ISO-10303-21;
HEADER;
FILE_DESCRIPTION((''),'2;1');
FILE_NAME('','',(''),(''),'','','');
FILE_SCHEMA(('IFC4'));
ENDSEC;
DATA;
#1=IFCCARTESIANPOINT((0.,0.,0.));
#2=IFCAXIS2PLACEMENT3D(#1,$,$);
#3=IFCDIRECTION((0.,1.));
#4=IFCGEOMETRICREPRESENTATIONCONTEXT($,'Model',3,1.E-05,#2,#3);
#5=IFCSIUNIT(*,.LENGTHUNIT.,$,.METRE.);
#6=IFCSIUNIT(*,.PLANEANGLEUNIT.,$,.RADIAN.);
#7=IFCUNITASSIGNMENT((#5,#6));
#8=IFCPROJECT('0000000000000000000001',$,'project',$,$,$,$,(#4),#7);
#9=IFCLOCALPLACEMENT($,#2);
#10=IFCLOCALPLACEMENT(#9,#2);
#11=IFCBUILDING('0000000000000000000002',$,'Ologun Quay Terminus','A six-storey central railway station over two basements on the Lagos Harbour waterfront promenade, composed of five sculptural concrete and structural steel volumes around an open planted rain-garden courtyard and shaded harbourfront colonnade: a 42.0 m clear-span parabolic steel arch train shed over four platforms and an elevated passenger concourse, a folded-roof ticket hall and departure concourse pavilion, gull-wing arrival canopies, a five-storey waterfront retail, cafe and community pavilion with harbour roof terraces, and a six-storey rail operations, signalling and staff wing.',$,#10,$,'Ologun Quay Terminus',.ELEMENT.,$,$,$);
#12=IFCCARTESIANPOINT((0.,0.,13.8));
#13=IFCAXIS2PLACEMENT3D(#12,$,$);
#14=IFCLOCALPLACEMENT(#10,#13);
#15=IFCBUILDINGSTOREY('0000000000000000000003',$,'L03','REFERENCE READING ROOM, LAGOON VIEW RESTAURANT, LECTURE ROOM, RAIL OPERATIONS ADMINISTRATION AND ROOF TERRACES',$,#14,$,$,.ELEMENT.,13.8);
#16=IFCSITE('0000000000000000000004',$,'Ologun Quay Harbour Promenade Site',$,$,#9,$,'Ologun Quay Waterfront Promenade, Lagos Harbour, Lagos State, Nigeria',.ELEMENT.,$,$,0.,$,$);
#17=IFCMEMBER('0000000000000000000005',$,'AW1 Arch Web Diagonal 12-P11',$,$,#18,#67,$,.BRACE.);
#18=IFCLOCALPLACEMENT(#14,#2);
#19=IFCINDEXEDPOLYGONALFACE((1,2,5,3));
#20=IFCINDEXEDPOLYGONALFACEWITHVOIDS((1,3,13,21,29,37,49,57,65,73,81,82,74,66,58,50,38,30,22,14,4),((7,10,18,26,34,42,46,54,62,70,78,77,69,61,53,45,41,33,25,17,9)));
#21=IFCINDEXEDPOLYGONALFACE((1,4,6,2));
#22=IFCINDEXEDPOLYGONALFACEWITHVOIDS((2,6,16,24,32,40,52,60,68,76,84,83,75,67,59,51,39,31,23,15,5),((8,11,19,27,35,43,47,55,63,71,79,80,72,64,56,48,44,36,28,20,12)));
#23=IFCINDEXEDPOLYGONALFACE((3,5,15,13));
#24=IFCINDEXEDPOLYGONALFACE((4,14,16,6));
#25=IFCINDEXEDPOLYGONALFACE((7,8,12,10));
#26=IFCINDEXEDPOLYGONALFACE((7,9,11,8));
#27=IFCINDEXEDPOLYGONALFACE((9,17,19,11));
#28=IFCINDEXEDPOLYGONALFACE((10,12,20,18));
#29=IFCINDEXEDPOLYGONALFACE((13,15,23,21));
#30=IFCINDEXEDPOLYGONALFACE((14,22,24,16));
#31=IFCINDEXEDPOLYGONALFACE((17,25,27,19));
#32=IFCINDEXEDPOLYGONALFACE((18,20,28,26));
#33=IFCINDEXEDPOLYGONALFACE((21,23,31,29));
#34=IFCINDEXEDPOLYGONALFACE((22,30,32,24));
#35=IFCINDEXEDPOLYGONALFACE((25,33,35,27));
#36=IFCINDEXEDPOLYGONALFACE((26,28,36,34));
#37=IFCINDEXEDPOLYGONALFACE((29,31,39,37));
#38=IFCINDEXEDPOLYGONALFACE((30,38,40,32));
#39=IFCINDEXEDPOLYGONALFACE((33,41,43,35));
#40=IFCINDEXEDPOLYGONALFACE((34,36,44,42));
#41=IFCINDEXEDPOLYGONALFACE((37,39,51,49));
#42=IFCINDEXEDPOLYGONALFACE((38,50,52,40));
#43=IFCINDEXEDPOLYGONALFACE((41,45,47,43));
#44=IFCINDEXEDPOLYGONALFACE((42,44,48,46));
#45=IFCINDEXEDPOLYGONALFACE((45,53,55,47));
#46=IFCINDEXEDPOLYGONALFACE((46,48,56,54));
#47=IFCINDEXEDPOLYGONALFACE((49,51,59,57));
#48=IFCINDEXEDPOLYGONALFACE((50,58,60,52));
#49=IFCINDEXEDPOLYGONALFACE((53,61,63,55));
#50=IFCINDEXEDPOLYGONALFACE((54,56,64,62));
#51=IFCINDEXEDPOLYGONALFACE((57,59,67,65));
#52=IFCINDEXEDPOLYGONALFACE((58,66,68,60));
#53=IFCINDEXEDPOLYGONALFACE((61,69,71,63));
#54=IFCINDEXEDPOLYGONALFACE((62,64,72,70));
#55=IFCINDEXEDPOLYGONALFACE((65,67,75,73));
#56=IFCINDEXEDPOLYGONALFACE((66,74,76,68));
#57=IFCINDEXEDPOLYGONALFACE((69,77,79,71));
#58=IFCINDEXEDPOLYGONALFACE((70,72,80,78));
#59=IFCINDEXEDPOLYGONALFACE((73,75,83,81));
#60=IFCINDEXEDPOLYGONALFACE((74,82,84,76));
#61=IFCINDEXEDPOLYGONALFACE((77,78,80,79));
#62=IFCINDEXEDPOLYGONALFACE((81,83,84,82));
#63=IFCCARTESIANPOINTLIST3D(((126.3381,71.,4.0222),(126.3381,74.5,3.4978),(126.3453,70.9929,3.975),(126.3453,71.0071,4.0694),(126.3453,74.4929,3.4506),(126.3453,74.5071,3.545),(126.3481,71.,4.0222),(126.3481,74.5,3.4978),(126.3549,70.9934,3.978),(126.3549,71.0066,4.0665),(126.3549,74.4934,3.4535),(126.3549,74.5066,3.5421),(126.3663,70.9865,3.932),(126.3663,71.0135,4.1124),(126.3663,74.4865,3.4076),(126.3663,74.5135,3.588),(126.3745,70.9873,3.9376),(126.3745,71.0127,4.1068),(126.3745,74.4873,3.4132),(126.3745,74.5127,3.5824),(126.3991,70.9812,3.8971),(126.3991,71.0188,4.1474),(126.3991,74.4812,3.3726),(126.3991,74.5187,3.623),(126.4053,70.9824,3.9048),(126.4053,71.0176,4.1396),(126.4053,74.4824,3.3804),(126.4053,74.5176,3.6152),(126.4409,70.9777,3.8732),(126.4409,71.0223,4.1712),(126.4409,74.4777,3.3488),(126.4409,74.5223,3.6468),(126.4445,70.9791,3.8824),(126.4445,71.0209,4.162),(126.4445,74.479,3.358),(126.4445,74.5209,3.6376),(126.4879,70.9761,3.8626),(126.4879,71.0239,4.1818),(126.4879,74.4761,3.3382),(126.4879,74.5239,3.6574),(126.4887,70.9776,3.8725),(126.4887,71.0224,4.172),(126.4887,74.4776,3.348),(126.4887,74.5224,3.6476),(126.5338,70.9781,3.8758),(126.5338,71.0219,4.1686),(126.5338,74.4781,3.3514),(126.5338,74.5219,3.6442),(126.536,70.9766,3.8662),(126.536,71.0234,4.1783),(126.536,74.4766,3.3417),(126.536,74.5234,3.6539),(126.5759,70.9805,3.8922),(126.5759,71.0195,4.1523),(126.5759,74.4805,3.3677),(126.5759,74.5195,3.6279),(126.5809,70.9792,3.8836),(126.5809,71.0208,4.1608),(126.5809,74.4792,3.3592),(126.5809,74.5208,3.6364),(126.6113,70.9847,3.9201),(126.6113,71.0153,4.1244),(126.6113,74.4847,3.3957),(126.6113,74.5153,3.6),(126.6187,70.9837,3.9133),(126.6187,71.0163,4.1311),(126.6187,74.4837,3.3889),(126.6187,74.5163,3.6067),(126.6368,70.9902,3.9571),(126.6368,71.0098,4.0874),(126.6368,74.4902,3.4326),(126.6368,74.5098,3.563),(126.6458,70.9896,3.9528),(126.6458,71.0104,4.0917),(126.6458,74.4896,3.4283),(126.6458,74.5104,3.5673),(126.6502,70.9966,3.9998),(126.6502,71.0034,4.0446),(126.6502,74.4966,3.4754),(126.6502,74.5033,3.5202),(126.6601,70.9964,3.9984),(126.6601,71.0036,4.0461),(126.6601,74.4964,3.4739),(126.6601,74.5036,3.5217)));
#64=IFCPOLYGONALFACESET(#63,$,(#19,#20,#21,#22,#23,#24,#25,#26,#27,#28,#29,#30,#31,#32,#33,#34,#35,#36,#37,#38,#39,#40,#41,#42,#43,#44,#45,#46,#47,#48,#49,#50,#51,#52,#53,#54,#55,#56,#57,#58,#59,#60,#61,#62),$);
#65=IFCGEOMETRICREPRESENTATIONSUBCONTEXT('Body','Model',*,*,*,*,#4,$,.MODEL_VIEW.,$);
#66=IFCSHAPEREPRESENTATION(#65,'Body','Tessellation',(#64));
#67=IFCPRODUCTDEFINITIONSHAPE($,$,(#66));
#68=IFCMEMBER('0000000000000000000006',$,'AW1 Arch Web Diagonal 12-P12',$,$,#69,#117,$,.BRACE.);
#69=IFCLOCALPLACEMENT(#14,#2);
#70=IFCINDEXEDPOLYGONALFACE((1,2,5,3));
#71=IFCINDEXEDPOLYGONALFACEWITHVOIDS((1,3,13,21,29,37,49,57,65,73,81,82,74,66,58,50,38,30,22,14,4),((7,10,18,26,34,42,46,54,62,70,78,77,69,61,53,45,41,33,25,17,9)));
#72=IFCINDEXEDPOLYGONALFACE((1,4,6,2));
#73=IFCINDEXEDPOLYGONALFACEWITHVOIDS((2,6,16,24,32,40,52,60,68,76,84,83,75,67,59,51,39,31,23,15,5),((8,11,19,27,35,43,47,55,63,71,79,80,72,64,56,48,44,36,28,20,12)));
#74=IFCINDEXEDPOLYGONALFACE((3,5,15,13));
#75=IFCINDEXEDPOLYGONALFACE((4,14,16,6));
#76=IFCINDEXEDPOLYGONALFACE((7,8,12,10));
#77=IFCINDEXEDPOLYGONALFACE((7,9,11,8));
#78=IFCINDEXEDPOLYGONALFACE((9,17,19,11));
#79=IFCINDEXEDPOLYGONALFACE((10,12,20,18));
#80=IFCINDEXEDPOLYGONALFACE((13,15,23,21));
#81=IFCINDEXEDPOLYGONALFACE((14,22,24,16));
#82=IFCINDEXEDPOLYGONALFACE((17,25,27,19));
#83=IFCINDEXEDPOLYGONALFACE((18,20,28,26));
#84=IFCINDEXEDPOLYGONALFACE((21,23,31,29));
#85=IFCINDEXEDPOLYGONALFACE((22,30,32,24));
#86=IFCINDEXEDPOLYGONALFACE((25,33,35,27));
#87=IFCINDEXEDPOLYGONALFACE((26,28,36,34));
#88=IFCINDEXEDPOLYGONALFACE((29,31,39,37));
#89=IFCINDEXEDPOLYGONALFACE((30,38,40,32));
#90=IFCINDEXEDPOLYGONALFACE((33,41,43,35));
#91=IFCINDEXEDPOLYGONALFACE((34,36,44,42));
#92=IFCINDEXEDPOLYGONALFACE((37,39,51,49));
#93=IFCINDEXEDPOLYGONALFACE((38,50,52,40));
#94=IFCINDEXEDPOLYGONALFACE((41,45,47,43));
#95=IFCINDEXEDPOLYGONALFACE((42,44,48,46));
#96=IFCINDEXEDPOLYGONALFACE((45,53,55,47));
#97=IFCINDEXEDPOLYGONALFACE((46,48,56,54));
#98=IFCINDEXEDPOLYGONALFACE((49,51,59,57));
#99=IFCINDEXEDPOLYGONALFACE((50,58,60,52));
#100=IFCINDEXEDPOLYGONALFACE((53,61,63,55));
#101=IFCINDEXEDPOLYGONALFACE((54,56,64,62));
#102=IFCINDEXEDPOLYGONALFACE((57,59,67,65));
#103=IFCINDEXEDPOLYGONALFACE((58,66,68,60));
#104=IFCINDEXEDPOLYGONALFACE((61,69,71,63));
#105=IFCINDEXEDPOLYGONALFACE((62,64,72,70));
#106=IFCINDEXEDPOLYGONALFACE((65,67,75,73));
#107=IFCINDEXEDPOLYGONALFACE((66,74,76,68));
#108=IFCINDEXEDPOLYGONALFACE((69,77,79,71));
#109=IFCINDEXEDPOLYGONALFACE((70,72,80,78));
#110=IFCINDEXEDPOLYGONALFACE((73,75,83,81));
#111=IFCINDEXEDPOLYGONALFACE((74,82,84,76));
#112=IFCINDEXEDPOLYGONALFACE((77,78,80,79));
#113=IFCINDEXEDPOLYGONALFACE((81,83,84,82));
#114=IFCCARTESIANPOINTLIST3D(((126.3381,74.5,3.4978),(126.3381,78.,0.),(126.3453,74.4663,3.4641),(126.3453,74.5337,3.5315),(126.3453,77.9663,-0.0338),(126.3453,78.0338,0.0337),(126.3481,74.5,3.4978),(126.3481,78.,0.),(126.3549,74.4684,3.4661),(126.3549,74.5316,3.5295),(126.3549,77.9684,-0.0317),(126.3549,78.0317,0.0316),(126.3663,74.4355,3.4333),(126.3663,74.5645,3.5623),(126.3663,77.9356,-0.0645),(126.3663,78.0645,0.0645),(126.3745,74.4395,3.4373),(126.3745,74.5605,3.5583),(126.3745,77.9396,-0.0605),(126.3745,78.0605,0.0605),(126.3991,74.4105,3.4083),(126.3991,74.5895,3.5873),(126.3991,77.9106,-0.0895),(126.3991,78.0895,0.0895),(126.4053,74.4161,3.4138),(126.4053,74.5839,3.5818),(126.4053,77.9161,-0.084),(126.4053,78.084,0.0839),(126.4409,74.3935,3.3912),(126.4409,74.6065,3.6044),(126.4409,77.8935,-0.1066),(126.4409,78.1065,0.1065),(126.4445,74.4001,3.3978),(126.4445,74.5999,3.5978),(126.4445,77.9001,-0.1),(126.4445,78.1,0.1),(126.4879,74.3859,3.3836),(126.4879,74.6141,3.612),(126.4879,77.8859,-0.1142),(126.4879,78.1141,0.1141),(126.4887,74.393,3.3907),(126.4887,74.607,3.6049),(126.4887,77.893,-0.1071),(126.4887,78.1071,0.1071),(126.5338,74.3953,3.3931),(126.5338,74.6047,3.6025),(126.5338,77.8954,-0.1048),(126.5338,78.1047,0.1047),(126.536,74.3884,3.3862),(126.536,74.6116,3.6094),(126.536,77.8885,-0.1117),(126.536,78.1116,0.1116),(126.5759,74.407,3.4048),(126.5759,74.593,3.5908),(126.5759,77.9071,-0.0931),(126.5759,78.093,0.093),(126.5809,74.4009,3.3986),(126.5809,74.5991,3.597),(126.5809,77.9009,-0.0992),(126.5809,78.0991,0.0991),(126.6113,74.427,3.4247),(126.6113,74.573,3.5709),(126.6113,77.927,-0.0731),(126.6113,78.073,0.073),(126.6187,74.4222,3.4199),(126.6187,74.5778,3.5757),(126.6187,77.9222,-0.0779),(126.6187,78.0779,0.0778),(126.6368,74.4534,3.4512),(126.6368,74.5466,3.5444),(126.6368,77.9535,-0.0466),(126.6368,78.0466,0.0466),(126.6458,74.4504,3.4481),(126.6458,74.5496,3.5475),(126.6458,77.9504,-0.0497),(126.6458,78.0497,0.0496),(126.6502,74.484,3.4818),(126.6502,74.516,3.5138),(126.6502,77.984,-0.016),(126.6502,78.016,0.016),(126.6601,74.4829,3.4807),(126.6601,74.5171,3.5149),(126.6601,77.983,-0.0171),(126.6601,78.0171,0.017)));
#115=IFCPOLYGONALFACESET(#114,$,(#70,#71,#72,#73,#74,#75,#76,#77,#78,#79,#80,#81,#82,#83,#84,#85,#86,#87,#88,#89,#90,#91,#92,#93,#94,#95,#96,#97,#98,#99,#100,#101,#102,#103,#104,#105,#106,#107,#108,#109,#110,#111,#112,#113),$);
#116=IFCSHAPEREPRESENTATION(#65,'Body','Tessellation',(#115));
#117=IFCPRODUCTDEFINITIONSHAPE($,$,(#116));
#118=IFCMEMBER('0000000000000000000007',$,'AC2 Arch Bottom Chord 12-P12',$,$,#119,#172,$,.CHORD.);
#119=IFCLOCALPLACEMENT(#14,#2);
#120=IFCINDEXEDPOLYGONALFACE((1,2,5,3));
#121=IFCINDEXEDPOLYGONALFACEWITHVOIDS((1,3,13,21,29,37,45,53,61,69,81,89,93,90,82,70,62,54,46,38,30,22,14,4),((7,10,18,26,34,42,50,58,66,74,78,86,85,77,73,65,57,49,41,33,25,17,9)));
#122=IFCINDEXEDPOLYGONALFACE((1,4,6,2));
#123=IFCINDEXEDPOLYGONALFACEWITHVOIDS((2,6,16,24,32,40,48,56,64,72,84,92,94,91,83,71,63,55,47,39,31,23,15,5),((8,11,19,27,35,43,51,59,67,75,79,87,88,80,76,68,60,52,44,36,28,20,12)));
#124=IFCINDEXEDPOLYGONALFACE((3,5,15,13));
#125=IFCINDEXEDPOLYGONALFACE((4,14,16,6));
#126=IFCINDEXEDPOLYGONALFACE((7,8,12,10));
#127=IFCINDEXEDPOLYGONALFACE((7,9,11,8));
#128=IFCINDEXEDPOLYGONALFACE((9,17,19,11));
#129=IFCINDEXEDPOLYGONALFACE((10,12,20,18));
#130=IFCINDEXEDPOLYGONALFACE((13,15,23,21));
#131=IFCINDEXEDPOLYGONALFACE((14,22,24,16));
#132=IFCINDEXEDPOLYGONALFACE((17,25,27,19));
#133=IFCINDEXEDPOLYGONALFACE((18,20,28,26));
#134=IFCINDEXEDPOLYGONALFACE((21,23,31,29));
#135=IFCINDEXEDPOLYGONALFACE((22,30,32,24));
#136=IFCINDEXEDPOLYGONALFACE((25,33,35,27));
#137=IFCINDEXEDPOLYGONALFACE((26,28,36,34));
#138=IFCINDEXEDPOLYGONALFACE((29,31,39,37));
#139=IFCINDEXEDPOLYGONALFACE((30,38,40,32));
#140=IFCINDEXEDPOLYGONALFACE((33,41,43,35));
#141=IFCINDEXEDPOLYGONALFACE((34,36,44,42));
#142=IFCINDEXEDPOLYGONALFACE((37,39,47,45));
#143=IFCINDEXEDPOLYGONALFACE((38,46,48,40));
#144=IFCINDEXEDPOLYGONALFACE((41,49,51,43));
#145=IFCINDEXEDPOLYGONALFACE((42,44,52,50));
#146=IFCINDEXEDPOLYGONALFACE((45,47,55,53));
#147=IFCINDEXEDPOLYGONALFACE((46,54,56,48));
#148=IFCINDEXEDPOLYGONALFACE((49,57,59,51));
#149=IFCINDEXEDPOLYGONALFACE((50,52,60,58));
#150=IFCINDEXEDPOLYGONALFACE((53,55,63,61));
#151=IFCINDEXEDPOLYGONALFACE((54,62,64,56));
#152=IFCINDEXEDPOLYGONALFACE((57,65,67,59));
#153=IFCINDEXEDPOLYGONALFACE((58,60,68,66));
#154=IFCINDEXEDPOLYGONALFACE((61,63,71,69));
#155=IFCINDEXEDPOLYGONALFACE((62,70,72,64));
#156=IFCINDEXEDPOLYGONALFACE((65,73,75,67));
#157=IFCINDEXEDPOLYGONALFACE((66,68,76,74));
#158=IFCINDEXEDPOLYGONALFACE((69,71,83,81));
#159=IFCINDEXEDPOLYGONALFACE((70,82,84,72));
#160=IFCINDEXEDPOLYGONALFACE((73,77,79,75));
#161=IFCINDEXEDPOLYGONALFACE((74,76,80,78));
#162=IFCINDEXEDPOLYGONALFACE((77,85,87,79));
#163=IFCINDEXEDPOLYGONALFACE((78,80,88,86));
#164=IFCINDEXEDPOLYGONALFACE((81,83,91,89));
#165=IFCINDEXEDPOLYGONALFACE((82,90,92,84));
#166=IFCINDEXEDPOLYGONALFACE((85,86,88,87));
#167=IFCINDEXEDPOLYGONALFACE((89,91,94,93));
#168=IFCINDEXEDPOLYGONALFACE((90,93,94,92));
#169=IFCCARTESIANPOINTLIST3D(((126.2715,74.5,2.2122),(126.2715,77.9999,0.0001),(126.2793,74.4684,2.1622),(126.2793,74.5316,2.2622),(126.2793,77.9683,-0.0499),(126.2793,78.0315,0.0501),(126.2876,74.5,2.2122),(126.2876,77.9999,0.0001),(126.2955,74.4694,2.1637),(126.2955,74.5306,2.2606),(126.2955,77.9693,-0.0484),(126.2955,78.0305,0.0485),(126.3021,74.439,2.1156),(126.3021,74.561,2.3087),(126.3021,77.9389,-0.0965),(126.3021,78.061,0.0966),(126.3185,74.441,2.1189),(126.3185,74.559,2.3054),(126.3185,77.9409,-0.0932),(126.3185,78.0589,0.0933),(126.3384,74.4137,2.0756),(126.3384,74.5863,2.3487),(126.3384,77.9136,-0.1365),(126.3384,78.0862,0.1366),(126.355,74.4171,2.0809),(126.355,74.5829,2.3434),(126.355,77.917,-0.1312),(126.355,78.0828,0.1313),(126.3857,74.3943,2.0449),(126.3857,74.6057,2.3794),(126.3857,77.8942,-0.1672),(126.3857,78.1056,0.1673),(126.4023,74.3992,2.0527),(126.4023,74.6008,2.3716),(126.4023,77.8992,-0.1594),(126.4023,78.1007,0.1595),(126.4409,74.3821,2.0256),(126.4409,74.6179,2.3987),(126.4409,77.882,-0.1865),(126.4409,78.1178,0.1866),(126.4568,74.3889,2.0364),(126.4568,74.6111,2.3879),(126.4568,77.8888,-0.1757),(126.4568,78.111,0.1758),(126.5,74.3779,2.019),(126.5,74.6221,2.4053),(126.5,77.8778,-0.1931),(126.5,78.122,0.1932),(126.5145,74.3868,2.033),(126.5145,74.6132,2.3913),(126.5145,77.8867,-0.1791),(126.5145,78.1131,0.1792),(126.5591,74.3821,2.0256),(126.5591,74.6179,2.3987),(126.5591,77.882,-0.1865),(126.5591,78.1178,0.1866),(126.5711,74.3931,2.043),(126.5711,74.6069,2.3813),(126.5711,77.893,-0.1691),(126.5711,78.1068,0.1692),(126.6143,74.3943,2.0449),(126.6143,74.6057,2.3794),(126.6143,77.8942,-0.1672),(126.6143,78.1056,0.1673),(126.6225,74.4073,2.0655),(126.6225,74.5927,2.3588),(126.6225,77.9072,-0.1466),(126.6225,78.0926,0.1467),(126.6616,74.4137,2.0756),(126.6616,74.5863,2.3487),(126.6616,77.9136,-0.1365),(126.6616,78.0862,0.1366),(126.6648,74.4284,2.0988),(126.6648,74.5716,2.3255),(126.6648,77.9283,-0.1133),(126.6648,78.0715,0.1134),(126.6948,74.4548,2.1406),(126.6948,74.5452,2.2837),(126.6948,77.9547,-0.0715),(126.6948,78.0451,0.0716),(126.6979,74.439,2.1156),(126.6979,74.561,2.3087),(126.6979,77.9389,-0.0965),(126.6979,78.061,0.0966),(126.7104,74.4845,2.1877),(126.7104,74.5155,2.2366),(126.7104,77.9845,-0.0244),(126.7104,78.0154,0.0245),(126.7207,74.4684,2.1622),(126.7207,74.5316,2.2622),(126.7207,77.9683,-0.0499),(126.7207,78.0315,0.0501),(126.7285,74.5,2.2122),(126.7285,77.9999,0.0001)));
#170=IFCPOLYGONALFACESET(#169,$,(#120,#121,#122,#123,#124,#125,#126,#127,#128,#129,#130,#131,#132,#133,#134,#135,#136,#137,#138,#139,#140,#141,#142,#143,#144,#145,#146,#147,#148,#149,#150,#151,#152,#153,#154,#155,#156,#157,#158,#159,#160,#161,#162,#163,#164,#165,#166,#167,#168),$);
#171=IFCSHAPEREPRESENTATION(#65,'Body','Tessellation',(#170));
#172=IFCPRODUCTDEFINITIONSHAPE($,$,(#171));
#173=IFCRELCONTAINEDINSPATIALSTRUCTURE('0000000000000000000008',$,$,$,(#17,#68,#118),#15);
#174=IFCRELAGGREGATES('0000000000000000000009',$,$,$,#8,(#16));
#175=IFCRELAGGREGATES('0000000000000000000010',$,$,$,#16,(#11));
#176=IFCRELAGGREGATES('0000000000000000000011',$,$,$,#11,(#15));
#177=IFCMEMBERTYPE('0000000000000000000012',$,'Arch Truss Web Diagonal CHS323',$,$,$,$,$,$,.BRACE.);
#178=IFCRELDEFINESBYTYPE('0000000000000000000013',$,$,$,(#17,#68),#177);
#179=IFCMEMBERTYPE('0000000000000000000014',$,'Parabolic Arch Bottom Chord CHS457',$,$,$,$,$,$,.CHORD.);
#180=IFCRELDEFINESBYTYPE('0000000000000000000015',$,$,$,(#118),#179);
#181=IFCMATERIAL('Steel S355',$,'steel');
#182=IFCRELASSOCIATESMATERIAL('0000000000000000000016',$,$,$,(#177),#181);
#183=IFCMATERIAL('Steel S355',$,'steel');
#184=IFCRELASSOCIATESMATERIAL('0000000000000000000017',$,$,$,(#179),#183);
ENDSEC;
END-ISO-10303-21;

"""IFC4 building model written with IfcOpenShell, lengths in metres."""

from ifc_helpers import new_model, si_unit, direction, frame, origin, origin_2d, place, context, subcontext, project, spatial, hollow_circle, extrude, material, material_profile, profile_set, type_object, element, save


model = new_model("IFC4")

# Units and contexts
model_context = context("Model", 3, precision=1e-05, world=origin(), true_north=direction((0.0, 1.0)))
body_context = subcontext(model_context, "Body", "Model", "MODEL_VIEW")
ifc_project = project(units=[si_unit("LENGTHUNIT", "METRE"), si_unit("PLANEANGLEUNIT", "RADIAN")], contexts=[model_context])

# Site, building, storey
site_placement = place(None, origin())
site = spatial("IfcSite", under=ifc_project, at=site_placement, Name="Ologun Quay Harbour Promenade Site", LongName="Ologun Quay Waterfront Promenade, Lagos Harbour, Lagos State, Nigeria", CompositionType="ELEMENT", RefElevation=0.0)
building_placement = place(site_placement, origin())
building = spatial("IfcBuilding", under=site, at=building_placement, Name="Ologun Quay Terminus", Description="A six-storey central railway station over two basements on the Lagos Harbour waterfront promenade, composed of five sculptural concrete and structural steel volumes around an open planted rain-garden courtyard and shaded harbourfront colonnade: a 42.0 m clear-span parabolic steel arch train shed over four platforms and an elevated passenger concourse, a folded-roof ticket hall and departure concourse pavilion, gull-wing arrival canopies, a five-storey waterfront retail, cafe and community pavilion with harbour roof terraces, and a six-storey rail operations, signalling and staff wing.", LongName="Ologun Quay Terminus", CompositionType="ELEMENT")
storey_placement = place(building_placement, frame((0.0, 0.0, 13.8)))
storey = spatial("IfcBuildingStorey", under=building, at=storey_placement, Name="L03", Description="REFERENCE READING ROOM, LAGOON VIEW RESTAURANT, LECTURE ROOM, RAIL OPERATIONS ADMINISTRATION AND ROOF TERRACES", CompositionType="ELEMENT", Elevation=13.8)

# Members
ifc_material_1 = material(Name="Steel S355", Category="steel")
ifc_material_profile_1 = material_profile(ifc_material_1, hollow_circle(Radius=0.1619, WallThickness=0.01, at=origin_2d()), Name="CHS 323.9x10")
ifc_profile_set_1 = profile_set([ifc_material_profile_1], Name="Steel S355")
member_type_1 = type_object("IfcMemberType", Name="Arch Truss Web Diagonal CHS323", PredefinedType="BRACE", material=ifc_profile_set_1)
member_1_placement = place(storey_placement, frame((126.5, 71.0, 4.0222), z_axis=(0.0, 0.988961, -0.148179), x_axis=(-1.0, 0.0, 0.0)))
element("IfcMember", 1, at=member_1_placement, inside=storey, type_object=member_type_1, Name="AW1 Arch Web Diagonal 12-P11", PredefinedType="BRACE", context=body_context, shape_type="SweptSolid", body=[
    extrude(hollow_circle(Radius=0.1619, WallThickness=0.01, at=origin_2d()), origin(), (0.0, 0.0, 1.0), 3.5391),
])
member_2_placement = place(storey_placement, frame((126.5, 74.5, 3.4978), z_axis=(0.0, 0.707329, -0.706885), x_axis=(-1.0, 0.0, 0.0)))
element("IfcMember", 2, at=member_2_placement, inside=storey, type_object=member_type_1, Name="AW1 Arch Web Diagonal 12-P12", PredefinedType="BRACE", context=body_context, shape_type="SweptSolid", body=[
    extrude(hollow_circle(Radius=0.1619, WallThickness=0.01, at=origin_2d()), origin(), (0.0, 0.0, 1.0), 4.9482),
])
ifc_material_2 = material(Name="Steel S355", Category="steel")
ifc_material_profile_2 = material_profile(ifc_material_2, hollow_circle(Radius=0.2285, WallThickness=0.0161, at=origin_2d()), Name="CHS 457x16")
ifc_profile_set_2 = profile_set([ifc_material_profile_2], Name="Steel S355")
member_type_2 = type_object("IfcMemberType", Name="Parabolic Arch Bottom Chord CHS457", PredefinedType="CHORD", material=ifc_profile_set_2)
member_3_placement = place(storey_placement, frame((126.5, 74.5, 2.2122), z_axis=(0.0, 0.845311, -0.534275), x_axis=(-1.0, 0.0, 0.0)))
element("IfcMember", 3, at=member_3_placement, inside=storey, type_object=member_type_2, Name="AC2 Arch Bottom Chord 12-P12", PredefinedType="CHORD", context=body_context, shape_type="SweptSolid", body=[
    extrude(hollow_circle(Radius=0.2285, WallThickness=0.0161, at=origin_2d()), origin(), (0.0, 0.0, 1.0), 4.1404),
])

save(model, "model.ifc")
